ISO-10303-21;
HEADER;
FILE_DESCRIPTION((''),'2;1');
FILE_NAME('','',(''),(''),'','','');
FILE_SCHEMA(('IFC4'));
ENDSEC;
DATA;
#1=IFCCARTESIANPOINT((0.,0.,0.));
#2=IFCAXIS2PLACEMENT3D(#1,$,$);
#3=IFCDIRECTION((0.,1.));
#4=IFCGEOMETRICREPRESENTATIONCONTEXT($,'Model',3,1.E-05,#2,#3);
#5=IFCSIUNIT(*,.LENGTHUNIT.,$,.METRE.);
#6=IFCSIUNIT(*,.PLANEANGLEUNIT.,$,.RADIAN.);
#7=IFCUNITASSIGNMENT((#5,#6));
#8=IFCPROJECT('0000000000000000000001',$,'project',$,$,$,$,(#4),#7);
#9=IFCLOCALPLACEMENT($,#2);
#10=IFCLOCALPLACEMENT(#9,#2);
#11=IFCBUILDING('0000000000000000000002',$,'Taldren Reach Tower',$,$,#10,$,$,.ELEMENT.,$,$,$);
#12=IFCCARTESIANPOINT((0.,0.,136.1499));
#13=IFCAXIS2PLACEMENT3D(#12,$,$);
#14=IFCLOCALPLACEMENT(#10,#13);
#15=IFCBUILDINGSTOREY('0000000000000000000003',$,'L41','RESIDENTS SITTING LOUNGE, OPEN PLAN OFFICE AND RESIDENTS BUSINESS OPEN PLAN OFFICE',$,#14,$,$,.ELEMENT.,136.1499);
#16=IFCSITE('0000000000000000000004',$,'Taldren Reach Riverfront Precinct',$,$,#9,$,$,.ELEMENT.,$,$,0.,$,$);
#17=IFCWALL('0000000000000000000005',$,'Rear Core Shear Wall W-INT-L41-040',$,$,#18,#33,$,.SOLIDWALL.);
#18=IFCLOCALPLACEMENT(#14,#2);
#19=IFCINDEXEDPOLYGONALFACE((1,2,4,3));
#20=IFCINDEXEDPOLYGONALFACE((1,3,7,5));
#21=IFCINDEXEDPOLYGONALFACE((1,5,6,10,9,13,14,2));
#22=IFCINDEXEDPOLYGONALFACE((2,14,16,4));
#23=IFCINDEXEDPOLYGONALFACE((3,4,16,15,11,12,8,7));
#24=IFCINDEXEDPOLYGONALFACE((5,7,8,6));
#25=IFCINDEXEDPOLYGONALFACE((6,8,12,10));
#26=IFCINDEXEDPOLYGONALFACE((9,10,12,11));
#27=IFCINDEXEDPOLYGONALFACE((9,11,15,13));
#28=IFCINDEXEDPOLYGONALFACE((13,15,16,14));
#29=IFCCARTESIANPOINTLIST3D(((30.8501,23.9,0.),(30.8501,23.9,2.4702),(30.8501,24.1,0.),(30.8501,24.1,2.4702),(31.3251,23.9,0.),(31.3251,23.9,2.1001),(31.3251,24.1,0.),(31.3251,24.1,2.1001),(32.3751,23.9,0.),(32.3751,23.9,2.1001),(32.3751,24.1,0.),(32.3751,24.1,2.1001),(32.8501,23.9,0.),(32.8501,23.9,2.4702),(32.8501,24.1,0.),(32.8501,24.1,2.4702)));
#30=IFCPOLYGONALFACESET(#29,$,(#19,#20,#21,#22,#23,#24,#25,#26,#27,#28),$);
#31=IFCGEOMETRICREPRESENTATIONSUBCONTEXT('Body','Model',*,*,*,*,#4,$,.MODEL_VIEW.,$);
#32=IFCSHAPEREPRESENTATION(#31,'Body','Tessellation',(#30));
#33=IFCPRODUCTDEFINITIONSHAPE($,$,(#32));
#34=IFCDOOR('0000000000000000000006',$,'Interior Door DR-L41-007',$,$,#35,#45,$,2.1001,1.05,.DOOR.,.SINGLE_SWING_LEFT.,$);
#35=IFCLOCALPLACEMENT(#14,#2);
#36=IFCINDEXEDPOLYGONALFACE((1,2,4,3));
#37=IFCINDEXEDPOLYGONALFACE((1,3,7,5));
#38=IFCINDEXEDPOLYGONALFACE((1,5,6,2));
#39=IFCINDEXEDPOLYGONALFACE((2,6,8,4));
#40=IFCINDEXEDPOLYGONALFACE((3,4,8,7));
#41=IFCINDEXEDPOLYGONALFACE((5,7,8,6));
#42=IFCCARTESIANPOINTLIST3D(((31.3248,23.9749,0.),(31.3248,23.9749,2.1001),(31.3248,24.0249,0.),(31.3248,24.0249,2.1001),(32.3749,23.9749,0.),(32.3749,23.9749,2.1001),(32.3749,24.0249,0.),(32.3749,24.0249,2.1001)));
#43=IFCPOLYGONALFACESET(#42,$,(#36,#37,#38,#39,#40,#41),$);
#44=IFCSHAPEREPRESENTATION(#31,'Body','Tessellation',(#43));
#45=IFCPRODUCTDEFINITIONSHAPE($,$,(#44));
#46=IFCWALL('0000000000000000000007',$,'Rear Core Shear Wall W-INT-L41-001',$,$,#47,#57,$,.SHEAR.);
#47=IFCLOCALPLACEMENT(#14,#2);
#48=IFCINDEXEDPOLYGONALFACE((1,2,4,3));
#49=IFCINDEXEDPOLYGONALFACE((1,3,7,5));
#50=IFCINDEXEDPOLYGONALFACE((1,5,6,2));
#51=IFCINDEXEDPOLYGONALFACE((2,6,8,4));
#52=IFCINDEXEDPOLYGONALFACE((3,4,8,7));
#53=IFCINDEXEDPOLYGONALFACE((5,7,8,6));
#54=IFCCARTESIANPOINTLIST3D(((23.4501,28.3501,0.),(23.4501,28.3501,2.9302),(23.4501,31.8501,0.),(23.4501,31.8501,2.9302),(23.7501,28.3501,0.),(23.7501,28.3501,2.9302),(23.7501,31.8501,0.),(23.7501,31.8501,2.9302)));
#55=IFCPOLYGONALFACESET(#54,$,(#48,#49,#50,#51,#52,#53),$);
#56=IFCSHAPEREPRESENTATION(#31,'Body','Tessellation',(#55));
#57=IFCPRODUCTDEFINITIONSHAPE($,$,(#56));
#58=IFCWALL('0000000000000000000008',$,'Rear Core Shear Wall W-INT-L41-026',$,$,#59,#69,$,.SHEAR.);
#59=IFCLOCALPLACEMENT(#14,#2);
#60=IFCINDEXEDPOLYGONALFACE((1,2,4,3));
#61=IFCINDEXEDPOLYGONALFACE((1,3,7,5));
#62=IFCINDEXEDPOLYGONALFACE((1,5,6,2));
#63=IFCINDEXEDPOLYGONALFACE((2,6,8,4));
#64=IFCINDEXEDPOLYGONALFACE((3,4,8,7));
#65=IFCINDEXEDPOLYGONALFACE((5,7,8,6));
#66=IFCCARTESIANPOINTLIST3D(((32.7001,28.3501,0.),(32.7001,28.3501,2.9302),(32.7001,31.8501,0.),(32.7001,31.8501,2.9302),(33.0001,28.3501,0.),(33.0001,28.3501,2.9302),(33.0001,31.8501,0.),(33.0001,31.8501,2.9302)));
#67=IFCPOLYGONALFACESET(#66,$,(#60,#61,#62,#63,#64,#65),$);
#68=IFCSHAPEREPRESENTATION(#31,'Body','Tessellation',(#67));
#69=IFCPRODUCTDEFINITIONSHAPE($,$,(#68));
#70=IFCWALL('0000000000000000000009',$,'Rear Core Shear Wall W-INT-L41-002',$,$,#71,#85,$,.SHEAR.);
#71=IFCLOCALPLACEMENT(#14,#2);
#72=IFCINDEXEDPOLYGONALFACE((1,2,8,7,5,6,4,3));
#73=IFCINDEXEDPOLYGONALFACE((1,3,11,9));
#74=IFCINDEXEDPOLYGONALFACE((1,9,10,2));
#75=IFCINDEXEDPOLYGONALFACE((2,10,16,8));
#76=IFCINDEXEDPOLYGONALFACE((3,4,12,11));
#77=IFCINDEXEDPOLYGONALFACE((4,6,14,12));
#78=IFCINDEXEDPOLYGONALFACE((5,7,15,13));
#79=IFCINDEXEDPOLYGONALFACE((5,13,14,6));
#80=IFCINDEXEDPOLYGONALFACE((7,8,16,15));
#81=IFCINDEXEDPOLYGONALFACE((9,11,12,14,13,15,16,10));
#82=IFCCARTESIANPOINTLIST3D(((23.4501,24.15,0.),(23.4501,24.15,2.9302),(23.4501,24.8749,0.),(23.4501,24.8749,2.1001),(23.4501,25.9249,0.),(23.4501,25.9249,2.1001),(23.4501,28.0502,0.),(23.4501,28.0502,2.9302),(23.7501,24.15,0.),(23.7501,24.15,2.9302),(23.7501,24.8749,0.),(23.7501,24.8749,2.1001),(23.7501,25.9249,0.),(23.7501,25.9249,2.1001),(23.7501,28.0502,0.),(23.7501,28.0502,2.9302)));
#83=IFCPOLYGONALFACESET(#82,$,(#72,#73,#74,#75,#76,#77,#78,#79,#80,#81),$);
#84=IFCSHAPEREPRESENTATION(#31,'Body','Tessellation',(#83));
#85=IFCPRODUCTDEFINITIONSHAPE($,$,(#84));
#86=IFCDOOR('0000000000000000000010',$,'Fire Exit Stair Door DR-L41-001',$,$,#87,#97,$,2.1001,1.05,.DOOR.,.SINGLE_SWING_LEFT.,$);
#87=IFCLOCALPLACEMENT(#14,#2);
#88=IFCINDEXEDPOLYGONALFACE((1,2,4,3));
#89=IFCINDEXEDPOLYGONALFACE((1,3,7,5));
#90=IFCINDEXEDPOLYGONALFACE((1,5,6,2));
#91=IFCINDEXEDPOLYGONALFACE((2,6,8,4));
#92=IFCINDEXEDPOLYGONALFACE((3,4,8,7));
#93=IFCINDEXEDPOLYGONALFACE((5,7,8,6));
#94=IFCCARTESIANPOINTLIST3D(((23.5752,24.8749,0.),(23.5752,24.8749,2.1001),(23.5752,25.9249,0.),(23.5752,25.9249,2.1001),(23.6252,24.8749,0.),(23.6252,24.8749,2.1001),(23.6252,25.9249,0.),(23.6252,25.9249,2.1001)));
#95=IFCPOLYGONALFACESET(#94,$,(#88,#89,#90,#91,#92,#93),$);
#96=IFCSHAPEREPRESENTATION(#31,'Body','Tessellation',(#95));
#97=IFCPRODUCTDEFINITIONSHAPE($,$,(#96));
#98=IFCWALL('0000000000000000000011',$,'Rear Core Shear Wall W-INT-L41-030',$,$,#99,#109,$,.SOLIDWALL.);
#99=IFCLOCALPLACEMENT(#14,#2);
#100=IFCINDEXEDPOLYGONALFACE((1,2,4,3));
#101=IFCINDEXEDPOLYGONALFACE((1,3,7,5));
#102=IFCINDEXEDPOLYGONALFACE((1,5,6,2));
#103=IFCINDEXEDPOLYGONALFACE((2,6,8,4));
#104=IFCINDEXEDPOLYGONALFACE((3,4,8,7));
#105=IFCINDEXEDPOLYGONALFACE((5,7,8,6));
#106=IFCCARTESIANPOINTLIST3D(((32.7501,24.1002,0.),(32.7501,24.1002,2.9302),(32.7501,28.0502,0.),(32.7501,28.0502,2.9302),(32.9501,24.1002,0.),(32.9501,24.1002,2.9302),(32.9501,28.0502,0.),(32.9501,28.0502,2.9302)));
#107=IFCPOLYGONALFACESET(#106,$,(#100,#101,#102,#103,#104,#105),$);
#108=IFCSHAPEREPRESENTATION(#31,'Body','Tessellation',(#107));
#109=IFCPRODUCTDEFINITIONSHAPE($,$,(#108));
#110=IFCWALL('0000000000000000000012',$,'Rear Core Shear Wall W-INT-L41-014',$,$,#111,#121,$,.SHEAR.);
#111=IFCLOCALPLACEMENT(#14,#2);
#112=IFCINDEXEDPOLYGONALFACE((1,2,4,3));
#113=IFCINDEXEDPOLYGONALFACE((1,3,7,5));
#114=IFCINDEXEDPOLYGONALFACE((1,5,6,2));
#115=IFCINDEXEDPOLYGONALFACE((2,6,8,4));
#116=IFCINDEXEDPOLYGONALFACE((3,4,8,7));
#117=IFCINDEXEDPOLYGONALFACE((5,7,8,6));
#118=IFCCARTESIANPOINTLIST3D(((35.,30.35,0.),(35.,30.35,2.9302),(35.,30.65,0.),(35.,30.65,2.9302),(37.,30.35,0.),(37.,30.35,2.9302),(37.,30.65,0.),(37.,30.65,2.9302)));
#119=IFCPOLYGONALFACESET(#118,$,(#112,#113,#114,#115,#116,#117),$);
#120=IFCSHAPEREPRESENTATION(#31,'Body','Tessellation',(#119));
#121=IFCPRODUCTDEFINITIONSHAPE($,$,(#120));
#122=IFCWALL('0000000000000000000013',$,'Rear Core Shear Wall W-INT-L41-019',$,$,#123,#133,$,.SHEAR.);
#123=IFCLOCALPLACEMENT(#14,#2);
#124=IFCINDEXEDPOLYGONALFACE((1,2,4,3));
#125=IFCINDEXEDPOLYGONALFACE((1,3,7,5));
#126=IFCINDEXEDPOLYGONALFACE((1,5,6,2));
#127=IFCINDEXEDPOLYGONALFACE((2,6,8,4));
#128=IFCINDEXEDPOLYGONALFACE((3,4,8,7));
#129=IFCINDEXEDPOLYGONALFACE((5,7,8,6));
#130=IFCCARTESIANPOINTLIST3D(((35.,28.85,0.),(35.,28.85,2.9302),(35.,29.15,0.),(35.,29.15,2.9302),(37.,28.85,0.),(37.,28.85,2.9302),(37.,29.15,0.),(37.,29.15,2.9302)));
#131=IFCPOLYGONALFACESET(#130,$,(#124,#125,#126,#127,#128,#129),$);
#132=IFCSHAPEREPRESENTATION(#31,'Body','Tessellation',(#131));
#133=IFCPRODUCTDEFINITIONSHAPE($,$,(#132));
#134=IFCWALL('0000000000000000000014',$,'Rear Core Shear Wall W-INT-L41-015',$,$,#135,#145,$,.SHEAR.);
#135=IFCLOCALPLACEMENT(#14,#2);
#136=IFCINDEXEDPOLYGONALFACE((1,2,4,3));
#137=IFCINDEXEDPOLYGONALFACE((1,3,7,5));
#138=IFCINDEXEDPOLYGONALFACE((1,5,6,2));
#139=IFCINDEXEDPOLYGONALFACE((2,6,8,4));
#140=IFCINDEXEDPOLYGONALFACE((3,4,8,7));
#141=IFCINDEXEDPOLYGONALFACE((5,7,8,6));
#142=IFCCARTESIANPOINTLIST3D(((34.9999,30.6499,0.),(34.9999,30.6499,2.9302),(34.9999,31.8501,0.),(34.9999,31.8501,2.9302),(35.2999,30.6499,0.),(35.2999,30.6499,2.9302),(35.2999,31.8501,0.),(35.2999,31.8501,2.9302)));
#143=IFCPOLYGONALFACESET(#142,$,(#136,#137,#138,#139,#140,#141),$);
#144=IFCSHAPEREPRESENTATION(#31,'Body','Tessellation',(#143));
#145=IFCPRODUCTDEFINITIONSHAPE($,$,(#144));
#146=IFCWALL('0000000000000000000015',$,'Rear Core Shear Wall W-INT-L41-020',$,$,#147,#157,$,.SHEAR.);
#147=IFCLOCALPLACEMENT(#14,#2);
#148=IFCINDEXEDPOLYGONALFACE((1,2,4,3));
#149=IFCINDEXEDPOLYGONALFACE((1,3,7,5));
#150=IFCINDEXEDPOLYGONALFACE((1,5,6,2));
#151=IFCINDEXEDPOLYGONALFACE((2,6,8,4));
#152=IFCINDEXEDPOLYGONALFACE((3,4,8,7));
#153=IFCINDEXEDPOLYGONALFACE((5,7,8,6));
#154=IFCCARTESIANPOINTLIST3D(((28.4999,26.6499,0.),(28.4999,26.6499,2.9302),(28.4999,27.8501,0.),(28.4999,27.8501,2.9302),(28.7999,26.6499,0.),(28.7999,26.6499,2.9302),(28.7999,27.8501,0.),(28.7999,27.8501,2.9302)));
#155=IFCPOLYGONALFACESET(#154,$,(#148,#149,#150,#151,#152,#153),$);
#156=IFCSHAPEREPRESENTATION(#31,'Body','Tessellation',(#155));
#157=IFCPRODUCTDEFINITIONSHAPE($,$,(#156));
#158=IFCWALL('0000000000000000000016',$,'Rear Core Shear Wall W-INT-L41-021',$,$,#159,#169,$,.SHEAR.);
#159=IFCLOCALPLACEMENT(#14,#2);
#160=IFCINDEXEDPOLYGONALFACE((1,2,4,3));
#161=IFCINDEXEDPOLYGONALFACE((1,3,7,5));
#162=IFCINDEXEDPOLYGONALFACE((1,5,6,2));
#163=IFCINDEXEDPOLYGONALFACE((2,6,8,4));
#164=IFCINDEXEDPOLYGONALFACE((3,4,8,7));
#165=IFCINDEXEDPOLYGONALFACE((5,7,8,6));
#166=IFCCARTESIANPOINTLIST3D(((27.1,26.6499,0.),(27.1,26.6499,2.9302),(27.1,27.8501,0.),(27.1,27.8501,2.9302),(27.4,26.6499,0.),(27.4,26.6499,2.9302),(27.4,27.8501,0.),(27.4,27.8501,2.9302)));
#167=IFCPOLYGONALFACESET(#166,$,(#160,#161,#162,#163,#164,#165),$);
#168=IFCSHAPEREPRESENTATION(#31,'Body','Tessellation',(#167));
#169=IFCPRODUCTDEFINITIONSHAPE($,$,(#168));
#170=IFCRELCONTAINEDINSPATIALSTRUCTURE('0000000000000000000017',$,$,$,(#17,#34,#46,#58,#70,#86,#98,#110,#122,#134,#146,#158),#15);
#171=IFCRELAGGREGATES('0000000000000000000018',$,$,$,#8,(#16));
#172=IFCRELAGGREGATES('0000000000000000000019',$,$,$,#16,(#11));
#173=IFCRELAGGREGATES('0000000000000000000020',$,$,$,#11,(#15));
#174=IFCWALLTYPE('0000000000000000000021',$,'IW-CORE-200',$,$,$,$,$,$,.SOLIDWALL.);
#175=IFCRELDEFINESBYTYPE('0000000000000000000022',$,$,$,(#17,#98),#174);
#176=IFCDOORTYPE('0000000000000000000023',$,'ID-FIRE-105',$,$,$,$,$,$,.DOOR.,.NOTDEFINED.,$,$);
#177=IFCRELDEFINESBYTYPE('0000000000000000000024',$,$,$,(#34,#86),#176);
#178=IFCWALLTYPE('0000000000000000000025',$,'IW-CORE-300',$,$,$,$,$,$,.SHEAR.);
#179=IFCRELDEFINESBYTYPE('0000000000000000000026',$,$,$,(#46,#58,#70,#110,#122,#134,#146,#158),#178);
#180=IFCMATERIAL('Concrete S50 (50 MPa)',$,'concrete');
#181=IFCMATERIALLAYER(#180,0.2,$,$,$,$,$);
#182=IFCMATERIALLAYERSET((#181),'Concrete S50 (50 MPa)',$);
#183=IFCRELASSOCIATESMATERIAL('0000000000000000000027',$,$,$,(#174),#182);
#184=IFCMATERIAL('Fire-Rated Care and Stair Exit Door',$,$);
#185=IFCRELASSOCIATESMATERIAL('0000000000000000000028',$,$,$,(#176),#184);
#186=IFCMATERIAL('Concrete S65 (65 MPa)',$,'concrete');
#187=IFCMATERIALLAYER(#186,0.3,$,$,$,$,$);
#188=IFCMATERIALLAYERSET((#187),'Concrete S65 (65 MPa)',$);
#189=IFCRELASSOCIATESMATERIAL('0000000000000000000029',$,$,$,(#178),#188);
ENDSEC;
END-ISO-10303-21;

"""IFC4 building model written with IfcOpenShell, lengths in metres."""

from ifc_helpers import new_model, si_unit, direction, frame, frame_2d, origin, place, context, subcontext, project, spatial, rectangle, extrude, source, transform, mapped, material, layer, layer_set, type_object, element, fill, save


model = new_model("IFC4")

# Units and contexts
model_context = context("Model", 3, precision=1e-05, world=origin(), true_north=direction((0.0, 1.0)))
body_context = subcontext(model_context, "Body", "Model", "MODEL_VIEW")
ifc_project = project(units=[si_unit("LENGTHUNIT", "METRE"), si_unit("PLANEANGLEUNIT", "RADIAN")], contexts=[model_context])

# Site, building, storey
site_placement = place(None, origin())
site = spatial("IfcSite", under=ifc_project, at=site_placement, Name="Taldren Reach Riverfront Precinct", CompositionType="ELEMENT", RefElevation=0.0)
building_placement = place(site_placement, origin())
building = spatial("IfcBuilding", under=site, at=building_placement, Name="Taldren Reach Tower", CompositionType="ELEMENT")
storey_placement = place(building_placement, frame((0.0, 0.0, 136.1499)))
storey = spatial("IfcBuildingStorey", under=building, at=storey_placement, Name="L41", Description="RESIDENTS SITTING LOUNGE, OPEN PLAN OFFICE AND RESIDENTS BUSINESS OPEN PLAN OFFICE", CompositionType="ELEMENT", Elevation=136.1499)

# Wall, opening, door
ifc_material_1 = material(Name="Concrete S50 (50 MPa)", Category="concrete")
ifc_layer_1 = layer(ifc_material_1, 0.2)
ifc_layer_set_1 = layer_set([ifc_layer_1], Name="Concrete S50 (50 MPa)")
wall_type_1 = type_object("IfcWallType", Name="IW-CORE-200", PredefinedType="SOLIDWALL", material=ifc_layer_set_1)
shared_shape_1 = source(origin(), body_context, "Body", "SweptSolid", [
    extrude(rectangle(XDim=2.0, YDim=0.2, at=frame_2d((1.0, 0.0))), origin(), (0.0, 0.0, 1.0), 2.4702),
])
shared_shape_2 = source(origin(), body_context, "Body", "SweptSolid", [
    extrude(rectangle(XDim=1.05, YDim=2.1001, at=frame_2d((0.5249, 1.05))), frame((0.0, 0.1099, 0.0), z_axis=(0.0, -1.0, 0.0), x_axis=(1.0, 0.0, 0.0)), (0.0, 0.0, 1.0), 0.22),
])
ifc_material_2 = material(Name="Fire-Rated Care and Stair Exit Door")
door_type_1 = type_object("IfcDoorType", Name="ID-FIRE-105", OperationType="NOTDEFINED", PredefinedType="DOOR", material=ifc_material_2)
shared_shape_3 = source(origin(), body_context, "Body", "SweptSolid", [
    extrude(rectangle(XDim=1.05, YDim=2.1001, at=frame_2d((0.5249, 1.05))), frame((0.0, 0.0249, 0.0), z_axis=(0.0, -1.0, 0.0), x_axis=(1.0, 0.0, 0.0)), (0.0, 0.0, 1.0), 0.05),
])
wall_1_placement = place(storey_placement, frame((32.8501, 24.0, 0.0), z_axis=(0.0, 0.0, 1.0), x_axis=(-1.0, 0.0, 0.0)))
wall_1 = element("IfcWall", 1, at=wall_1_placement, inside=storey, type_object=wall_type_1, Name="Rear Core Shear Wall W-INT-L41-040", PredefinedType="SOLIDWALL", context=body_context, shape_type="MappedRepresentation", body=[
    mapped(shared_shape_1, transform((0.0, 0.0, 0.0), scale=1.0)),
])
opening_1_placement = place(wall_1_placement, frame((0.4751, 0.0, 0.0)))
opening_1 = element("IfcOpeningElement", 2, at=opening_1_placement, cuts=wall_1, PredefinedType="OPENING", context=body_context, shape_type="MappedRepresentation", body=[
    mapped(shared_shape_2, transform((0.0, 0.0, 0.0), scale=1.0)),
])
door_1_placement = place(opening_1_placement, frame((1.05, 0.0, 0.0), z_axis=(0.0, 0.0, 1.0), x_axis=(-1.0, 0.0, 0.0)))
door_1 = element("IfcDoor", 3, at=door_1_placement, inside=storey, type_object=door_type_1, Name="Interior Door DR-L41-007", OperationType="SINGLE_SWING_LEFT", OverallHeight=2.1001, OverallWidth=1.05, PredefinedType="DOOR", context=body_context, shape_type="MappedRepresentation", body=[
    mapped(shared_shape_3, transform((0.0, 0.0, 0.0), scale=1.0)),
])
fill(opening_1, door_1)

# Walls
ifc_material_3 = material(Name="Concrete S65 (65 MPa)", Category="concrete")
ifc_layer_2 = layer(ifc_material_3, 0.3)
ifc_layer_set_2 = layer_set([ifc_layer_2], Name="Concrete S65 (65 MPa)")
wall_type_2 = type_object("IfcWallType", Name="IW-CORE-300", PredefinedType="SHEAR", material=ifc_layer_set_2)
shared_shape_4 = source(origin(), body_context, "Body", "SweptSolid", [
    extrude(rectangle(XDim=3.5, YDim=0.3, at=frame_2d((1.75, 0.0))), origin(), (0.0, 0.0, 1.0), 2.9302),
])
for number, where, z_axis, x_axis, name in (
    (4, (23.6001, 28.3501, 0.0), (0.0, 0.0, 1.0), (0.0, 1.0, 0.0), "Rear Core Shear Wall W-INT-L41-001"),
    (5, (32.8501, 31.8501, 0.0), (0.0, 0.0, 1.0), (0.0, -1.0, 0.0), "Rear Core Shear Wall W-INT-L41-026"),
):
    element("IfcWall", number, at=place(storey_placement, frame(where, z_axis=z_axis, x_axis=x_axis)), inside=storey, type_object=wall_type_2, Name=name, PredefinedType="SHEAR", context=body_context, shape_type="MappedRepresentation", body=[
        mapped(shared_shape_4, transform((0.0, 0.0, 0.0), scale=1.0)),
    ])

# Wall, opening, door
shared_shape_5 = source(origin(), body_context, "Body", "SweptSolid", [
    extrude(rectangle(XDim=3.9001, YDim=0.3, at=frame_2d((1.9502, 0.0))), origin(), (0.0, 0.0, 1.0), 2.9302),
])
wall_2_placement = place(storey_placement, frame((23.6001, 24.1499, 0.0), z_axis=(0.0, 0.0, 1.0), x_axis=(0.0, 1.0, 0.0)))
wall_2 = element("IfcWall", 6, at=wall_2_placement, inside=storey, type_object=wall_type_2, Name="Rear Core Shear Wall W-INT-L41-002", PredefinedType="SHEAR", context=body_context, shape_type="MappedRepresentation", body=[
    mapped(shared_shape_5, transform((0.0, 0.0, 0.0), scale=1.0)),
])
shared_shape_6 = source(origin(), body_context, "Body", "SweptSolid", [
    extrude(rectangle(XDim=1.05, YDim=2.1001, at=frame_2d((0.5249, 1.05))), frame((0.0, 0.1602, 0.0), z_axis=(0.0, -1.0, 0.0), x_axis=(1.0, 0.0, 0.0)), (0.0, 0.0, 1.0), 0.3201),
])
opening_2_placement = place(wall_2_placement, frame((0.7251, 0.0, 0.0)))
opening_2 = element("IfcOpeningElement", 7, at=opening_2_placement, cuts=wall_2, PredefinedType="OPENING", context=body_context, shape_type="MappedRepresentation", body=[
    mapped(shared_shape_6, transform((0.0, 0.0, 0.0), scale=1.0)),
])
door_2_placement = place(opening_2_placement, origin())
door_2 = element("IfcDoor", 8, at=door_2_placement, inside=storey, type_object=door_type_1, Name="Fire Exit Stair Door DR-L41-001", OperationType="SINGLE_SWING_LEFT", OverallHeight=2.1001, OverallWidth=1.05, PredefinedType="DOOR", context=body_context, shape_type="MappedRepresentation", body=[
    mapped(shared_shape_3, transform((0.0, 0.0, 0.0), scale=1.0)),
])
fill(opening_2, door_2)

# Walls
shared_shape_7 = source(origin(), body_context, "Body", "SweptSolid", [
    extrude(rectangle(XDim=3.95, YDim=0.2, at=frame_2d((1.9751, 0.0))), origin(), (0.0, 0.0, 1.0), 2.9302),
])
wall_3_placement = place(storey_placement, frame((32.8501, 24.1001, 0.0), z_axis=(0.0, 0.0, 1.0), x_axis=(0.0, 1.0, 0.0)))
element("IfcWall", 9, at=wall_3_placement, inside=storey, type_object=wall_type_1, Name="Rear Core Shear Wall W-INT-L41-030", PredefinedType="SOLIDWALL", context=body_context, shape_type="MappedRepresentation", body=[
    mapped(shared_shape_7, transform((0.0, 0.0, 0.0), scale=1.0)),
])
shared_shape_8 = source(origin(), body_context, "Body", "SweptSolid", [
    extrude(rectangle(XDim=2.0, YDim=0.3, at=frame_2d((1.0, 0.0))), origin(), (0.0, 0.0, 1.0), 2.9302),
])
for number, where, z_axis, x_axis, name in (
    (10, (35.0, 30.5, 0.0), (0.0, 0.0, 1.0), (1.0, 0.0, 0.0), "Rear Core Shear Wall W-INT-L41-014"),
    (11, (35.0, 29.0, 0.0), (0.0, 0.0, 1.0), (1.0, 0.0, 0.0), "Rear Core Shear Wall W-INT-L41-019"),
):
    element("IfcWall", number, at=place(storey_placement, frame(where, z_axis=z_axis, x_axis=x_axis)), inside=storey, type_object=wall_type_2, Name=name, PredefinedType="SHEAR", context=body_context, shape_type="MappedRepresentation", body=[
        mapped(shared_shape_8, transform((0.0, 0.0, 0.0), scale=1.0)),
    ])
shared_shape_9 = source(origin(), body_context, "Body", "SweptSolid", [
    extrude(rectangle(XDim=1.2002, YDim=0.3, at=frame_2d((0.6001, 0.0))), origin(), (0.0, 0.0, 1.0), 2.9302),
])
for number, where, z_axis, x_axis, name in (
    (12, (35.1499, 31.8501, 0.0), (0.0, 0.0, 1.0), (0.0, -1.0, 0.0), "Rear Core Shear Wall W-INT-L41-015"),
    (13, (28.6499, 26.6499, 0.0), (0.0, 0.0, 1.0), (0.0, 1.0, 0.0), "Rear Core Shear Wall W-INT-L41-020"),
    (14, (27.25, 27.8501, 0.0), (0.0, 0.0, 1.0), (0.0, -1.0, 0.0), "Rear Core Shear Wall W-INT-L41-021"),
):
    element("IfcWall", number, at=place(storey_placement, frame(where, z_axis=z_axis, x_axis=x_axis)), inside=storey, type_object=wall_type_2, Name=name, PredefinedType="SHEAR", context=body_context, shape_type="MappedRepresentation", body=[
        mapped(shared_shape_9, transform((0.0, 0.0, 0.0), scale=1.0)),
    ])

save(model, "model.ifc")
